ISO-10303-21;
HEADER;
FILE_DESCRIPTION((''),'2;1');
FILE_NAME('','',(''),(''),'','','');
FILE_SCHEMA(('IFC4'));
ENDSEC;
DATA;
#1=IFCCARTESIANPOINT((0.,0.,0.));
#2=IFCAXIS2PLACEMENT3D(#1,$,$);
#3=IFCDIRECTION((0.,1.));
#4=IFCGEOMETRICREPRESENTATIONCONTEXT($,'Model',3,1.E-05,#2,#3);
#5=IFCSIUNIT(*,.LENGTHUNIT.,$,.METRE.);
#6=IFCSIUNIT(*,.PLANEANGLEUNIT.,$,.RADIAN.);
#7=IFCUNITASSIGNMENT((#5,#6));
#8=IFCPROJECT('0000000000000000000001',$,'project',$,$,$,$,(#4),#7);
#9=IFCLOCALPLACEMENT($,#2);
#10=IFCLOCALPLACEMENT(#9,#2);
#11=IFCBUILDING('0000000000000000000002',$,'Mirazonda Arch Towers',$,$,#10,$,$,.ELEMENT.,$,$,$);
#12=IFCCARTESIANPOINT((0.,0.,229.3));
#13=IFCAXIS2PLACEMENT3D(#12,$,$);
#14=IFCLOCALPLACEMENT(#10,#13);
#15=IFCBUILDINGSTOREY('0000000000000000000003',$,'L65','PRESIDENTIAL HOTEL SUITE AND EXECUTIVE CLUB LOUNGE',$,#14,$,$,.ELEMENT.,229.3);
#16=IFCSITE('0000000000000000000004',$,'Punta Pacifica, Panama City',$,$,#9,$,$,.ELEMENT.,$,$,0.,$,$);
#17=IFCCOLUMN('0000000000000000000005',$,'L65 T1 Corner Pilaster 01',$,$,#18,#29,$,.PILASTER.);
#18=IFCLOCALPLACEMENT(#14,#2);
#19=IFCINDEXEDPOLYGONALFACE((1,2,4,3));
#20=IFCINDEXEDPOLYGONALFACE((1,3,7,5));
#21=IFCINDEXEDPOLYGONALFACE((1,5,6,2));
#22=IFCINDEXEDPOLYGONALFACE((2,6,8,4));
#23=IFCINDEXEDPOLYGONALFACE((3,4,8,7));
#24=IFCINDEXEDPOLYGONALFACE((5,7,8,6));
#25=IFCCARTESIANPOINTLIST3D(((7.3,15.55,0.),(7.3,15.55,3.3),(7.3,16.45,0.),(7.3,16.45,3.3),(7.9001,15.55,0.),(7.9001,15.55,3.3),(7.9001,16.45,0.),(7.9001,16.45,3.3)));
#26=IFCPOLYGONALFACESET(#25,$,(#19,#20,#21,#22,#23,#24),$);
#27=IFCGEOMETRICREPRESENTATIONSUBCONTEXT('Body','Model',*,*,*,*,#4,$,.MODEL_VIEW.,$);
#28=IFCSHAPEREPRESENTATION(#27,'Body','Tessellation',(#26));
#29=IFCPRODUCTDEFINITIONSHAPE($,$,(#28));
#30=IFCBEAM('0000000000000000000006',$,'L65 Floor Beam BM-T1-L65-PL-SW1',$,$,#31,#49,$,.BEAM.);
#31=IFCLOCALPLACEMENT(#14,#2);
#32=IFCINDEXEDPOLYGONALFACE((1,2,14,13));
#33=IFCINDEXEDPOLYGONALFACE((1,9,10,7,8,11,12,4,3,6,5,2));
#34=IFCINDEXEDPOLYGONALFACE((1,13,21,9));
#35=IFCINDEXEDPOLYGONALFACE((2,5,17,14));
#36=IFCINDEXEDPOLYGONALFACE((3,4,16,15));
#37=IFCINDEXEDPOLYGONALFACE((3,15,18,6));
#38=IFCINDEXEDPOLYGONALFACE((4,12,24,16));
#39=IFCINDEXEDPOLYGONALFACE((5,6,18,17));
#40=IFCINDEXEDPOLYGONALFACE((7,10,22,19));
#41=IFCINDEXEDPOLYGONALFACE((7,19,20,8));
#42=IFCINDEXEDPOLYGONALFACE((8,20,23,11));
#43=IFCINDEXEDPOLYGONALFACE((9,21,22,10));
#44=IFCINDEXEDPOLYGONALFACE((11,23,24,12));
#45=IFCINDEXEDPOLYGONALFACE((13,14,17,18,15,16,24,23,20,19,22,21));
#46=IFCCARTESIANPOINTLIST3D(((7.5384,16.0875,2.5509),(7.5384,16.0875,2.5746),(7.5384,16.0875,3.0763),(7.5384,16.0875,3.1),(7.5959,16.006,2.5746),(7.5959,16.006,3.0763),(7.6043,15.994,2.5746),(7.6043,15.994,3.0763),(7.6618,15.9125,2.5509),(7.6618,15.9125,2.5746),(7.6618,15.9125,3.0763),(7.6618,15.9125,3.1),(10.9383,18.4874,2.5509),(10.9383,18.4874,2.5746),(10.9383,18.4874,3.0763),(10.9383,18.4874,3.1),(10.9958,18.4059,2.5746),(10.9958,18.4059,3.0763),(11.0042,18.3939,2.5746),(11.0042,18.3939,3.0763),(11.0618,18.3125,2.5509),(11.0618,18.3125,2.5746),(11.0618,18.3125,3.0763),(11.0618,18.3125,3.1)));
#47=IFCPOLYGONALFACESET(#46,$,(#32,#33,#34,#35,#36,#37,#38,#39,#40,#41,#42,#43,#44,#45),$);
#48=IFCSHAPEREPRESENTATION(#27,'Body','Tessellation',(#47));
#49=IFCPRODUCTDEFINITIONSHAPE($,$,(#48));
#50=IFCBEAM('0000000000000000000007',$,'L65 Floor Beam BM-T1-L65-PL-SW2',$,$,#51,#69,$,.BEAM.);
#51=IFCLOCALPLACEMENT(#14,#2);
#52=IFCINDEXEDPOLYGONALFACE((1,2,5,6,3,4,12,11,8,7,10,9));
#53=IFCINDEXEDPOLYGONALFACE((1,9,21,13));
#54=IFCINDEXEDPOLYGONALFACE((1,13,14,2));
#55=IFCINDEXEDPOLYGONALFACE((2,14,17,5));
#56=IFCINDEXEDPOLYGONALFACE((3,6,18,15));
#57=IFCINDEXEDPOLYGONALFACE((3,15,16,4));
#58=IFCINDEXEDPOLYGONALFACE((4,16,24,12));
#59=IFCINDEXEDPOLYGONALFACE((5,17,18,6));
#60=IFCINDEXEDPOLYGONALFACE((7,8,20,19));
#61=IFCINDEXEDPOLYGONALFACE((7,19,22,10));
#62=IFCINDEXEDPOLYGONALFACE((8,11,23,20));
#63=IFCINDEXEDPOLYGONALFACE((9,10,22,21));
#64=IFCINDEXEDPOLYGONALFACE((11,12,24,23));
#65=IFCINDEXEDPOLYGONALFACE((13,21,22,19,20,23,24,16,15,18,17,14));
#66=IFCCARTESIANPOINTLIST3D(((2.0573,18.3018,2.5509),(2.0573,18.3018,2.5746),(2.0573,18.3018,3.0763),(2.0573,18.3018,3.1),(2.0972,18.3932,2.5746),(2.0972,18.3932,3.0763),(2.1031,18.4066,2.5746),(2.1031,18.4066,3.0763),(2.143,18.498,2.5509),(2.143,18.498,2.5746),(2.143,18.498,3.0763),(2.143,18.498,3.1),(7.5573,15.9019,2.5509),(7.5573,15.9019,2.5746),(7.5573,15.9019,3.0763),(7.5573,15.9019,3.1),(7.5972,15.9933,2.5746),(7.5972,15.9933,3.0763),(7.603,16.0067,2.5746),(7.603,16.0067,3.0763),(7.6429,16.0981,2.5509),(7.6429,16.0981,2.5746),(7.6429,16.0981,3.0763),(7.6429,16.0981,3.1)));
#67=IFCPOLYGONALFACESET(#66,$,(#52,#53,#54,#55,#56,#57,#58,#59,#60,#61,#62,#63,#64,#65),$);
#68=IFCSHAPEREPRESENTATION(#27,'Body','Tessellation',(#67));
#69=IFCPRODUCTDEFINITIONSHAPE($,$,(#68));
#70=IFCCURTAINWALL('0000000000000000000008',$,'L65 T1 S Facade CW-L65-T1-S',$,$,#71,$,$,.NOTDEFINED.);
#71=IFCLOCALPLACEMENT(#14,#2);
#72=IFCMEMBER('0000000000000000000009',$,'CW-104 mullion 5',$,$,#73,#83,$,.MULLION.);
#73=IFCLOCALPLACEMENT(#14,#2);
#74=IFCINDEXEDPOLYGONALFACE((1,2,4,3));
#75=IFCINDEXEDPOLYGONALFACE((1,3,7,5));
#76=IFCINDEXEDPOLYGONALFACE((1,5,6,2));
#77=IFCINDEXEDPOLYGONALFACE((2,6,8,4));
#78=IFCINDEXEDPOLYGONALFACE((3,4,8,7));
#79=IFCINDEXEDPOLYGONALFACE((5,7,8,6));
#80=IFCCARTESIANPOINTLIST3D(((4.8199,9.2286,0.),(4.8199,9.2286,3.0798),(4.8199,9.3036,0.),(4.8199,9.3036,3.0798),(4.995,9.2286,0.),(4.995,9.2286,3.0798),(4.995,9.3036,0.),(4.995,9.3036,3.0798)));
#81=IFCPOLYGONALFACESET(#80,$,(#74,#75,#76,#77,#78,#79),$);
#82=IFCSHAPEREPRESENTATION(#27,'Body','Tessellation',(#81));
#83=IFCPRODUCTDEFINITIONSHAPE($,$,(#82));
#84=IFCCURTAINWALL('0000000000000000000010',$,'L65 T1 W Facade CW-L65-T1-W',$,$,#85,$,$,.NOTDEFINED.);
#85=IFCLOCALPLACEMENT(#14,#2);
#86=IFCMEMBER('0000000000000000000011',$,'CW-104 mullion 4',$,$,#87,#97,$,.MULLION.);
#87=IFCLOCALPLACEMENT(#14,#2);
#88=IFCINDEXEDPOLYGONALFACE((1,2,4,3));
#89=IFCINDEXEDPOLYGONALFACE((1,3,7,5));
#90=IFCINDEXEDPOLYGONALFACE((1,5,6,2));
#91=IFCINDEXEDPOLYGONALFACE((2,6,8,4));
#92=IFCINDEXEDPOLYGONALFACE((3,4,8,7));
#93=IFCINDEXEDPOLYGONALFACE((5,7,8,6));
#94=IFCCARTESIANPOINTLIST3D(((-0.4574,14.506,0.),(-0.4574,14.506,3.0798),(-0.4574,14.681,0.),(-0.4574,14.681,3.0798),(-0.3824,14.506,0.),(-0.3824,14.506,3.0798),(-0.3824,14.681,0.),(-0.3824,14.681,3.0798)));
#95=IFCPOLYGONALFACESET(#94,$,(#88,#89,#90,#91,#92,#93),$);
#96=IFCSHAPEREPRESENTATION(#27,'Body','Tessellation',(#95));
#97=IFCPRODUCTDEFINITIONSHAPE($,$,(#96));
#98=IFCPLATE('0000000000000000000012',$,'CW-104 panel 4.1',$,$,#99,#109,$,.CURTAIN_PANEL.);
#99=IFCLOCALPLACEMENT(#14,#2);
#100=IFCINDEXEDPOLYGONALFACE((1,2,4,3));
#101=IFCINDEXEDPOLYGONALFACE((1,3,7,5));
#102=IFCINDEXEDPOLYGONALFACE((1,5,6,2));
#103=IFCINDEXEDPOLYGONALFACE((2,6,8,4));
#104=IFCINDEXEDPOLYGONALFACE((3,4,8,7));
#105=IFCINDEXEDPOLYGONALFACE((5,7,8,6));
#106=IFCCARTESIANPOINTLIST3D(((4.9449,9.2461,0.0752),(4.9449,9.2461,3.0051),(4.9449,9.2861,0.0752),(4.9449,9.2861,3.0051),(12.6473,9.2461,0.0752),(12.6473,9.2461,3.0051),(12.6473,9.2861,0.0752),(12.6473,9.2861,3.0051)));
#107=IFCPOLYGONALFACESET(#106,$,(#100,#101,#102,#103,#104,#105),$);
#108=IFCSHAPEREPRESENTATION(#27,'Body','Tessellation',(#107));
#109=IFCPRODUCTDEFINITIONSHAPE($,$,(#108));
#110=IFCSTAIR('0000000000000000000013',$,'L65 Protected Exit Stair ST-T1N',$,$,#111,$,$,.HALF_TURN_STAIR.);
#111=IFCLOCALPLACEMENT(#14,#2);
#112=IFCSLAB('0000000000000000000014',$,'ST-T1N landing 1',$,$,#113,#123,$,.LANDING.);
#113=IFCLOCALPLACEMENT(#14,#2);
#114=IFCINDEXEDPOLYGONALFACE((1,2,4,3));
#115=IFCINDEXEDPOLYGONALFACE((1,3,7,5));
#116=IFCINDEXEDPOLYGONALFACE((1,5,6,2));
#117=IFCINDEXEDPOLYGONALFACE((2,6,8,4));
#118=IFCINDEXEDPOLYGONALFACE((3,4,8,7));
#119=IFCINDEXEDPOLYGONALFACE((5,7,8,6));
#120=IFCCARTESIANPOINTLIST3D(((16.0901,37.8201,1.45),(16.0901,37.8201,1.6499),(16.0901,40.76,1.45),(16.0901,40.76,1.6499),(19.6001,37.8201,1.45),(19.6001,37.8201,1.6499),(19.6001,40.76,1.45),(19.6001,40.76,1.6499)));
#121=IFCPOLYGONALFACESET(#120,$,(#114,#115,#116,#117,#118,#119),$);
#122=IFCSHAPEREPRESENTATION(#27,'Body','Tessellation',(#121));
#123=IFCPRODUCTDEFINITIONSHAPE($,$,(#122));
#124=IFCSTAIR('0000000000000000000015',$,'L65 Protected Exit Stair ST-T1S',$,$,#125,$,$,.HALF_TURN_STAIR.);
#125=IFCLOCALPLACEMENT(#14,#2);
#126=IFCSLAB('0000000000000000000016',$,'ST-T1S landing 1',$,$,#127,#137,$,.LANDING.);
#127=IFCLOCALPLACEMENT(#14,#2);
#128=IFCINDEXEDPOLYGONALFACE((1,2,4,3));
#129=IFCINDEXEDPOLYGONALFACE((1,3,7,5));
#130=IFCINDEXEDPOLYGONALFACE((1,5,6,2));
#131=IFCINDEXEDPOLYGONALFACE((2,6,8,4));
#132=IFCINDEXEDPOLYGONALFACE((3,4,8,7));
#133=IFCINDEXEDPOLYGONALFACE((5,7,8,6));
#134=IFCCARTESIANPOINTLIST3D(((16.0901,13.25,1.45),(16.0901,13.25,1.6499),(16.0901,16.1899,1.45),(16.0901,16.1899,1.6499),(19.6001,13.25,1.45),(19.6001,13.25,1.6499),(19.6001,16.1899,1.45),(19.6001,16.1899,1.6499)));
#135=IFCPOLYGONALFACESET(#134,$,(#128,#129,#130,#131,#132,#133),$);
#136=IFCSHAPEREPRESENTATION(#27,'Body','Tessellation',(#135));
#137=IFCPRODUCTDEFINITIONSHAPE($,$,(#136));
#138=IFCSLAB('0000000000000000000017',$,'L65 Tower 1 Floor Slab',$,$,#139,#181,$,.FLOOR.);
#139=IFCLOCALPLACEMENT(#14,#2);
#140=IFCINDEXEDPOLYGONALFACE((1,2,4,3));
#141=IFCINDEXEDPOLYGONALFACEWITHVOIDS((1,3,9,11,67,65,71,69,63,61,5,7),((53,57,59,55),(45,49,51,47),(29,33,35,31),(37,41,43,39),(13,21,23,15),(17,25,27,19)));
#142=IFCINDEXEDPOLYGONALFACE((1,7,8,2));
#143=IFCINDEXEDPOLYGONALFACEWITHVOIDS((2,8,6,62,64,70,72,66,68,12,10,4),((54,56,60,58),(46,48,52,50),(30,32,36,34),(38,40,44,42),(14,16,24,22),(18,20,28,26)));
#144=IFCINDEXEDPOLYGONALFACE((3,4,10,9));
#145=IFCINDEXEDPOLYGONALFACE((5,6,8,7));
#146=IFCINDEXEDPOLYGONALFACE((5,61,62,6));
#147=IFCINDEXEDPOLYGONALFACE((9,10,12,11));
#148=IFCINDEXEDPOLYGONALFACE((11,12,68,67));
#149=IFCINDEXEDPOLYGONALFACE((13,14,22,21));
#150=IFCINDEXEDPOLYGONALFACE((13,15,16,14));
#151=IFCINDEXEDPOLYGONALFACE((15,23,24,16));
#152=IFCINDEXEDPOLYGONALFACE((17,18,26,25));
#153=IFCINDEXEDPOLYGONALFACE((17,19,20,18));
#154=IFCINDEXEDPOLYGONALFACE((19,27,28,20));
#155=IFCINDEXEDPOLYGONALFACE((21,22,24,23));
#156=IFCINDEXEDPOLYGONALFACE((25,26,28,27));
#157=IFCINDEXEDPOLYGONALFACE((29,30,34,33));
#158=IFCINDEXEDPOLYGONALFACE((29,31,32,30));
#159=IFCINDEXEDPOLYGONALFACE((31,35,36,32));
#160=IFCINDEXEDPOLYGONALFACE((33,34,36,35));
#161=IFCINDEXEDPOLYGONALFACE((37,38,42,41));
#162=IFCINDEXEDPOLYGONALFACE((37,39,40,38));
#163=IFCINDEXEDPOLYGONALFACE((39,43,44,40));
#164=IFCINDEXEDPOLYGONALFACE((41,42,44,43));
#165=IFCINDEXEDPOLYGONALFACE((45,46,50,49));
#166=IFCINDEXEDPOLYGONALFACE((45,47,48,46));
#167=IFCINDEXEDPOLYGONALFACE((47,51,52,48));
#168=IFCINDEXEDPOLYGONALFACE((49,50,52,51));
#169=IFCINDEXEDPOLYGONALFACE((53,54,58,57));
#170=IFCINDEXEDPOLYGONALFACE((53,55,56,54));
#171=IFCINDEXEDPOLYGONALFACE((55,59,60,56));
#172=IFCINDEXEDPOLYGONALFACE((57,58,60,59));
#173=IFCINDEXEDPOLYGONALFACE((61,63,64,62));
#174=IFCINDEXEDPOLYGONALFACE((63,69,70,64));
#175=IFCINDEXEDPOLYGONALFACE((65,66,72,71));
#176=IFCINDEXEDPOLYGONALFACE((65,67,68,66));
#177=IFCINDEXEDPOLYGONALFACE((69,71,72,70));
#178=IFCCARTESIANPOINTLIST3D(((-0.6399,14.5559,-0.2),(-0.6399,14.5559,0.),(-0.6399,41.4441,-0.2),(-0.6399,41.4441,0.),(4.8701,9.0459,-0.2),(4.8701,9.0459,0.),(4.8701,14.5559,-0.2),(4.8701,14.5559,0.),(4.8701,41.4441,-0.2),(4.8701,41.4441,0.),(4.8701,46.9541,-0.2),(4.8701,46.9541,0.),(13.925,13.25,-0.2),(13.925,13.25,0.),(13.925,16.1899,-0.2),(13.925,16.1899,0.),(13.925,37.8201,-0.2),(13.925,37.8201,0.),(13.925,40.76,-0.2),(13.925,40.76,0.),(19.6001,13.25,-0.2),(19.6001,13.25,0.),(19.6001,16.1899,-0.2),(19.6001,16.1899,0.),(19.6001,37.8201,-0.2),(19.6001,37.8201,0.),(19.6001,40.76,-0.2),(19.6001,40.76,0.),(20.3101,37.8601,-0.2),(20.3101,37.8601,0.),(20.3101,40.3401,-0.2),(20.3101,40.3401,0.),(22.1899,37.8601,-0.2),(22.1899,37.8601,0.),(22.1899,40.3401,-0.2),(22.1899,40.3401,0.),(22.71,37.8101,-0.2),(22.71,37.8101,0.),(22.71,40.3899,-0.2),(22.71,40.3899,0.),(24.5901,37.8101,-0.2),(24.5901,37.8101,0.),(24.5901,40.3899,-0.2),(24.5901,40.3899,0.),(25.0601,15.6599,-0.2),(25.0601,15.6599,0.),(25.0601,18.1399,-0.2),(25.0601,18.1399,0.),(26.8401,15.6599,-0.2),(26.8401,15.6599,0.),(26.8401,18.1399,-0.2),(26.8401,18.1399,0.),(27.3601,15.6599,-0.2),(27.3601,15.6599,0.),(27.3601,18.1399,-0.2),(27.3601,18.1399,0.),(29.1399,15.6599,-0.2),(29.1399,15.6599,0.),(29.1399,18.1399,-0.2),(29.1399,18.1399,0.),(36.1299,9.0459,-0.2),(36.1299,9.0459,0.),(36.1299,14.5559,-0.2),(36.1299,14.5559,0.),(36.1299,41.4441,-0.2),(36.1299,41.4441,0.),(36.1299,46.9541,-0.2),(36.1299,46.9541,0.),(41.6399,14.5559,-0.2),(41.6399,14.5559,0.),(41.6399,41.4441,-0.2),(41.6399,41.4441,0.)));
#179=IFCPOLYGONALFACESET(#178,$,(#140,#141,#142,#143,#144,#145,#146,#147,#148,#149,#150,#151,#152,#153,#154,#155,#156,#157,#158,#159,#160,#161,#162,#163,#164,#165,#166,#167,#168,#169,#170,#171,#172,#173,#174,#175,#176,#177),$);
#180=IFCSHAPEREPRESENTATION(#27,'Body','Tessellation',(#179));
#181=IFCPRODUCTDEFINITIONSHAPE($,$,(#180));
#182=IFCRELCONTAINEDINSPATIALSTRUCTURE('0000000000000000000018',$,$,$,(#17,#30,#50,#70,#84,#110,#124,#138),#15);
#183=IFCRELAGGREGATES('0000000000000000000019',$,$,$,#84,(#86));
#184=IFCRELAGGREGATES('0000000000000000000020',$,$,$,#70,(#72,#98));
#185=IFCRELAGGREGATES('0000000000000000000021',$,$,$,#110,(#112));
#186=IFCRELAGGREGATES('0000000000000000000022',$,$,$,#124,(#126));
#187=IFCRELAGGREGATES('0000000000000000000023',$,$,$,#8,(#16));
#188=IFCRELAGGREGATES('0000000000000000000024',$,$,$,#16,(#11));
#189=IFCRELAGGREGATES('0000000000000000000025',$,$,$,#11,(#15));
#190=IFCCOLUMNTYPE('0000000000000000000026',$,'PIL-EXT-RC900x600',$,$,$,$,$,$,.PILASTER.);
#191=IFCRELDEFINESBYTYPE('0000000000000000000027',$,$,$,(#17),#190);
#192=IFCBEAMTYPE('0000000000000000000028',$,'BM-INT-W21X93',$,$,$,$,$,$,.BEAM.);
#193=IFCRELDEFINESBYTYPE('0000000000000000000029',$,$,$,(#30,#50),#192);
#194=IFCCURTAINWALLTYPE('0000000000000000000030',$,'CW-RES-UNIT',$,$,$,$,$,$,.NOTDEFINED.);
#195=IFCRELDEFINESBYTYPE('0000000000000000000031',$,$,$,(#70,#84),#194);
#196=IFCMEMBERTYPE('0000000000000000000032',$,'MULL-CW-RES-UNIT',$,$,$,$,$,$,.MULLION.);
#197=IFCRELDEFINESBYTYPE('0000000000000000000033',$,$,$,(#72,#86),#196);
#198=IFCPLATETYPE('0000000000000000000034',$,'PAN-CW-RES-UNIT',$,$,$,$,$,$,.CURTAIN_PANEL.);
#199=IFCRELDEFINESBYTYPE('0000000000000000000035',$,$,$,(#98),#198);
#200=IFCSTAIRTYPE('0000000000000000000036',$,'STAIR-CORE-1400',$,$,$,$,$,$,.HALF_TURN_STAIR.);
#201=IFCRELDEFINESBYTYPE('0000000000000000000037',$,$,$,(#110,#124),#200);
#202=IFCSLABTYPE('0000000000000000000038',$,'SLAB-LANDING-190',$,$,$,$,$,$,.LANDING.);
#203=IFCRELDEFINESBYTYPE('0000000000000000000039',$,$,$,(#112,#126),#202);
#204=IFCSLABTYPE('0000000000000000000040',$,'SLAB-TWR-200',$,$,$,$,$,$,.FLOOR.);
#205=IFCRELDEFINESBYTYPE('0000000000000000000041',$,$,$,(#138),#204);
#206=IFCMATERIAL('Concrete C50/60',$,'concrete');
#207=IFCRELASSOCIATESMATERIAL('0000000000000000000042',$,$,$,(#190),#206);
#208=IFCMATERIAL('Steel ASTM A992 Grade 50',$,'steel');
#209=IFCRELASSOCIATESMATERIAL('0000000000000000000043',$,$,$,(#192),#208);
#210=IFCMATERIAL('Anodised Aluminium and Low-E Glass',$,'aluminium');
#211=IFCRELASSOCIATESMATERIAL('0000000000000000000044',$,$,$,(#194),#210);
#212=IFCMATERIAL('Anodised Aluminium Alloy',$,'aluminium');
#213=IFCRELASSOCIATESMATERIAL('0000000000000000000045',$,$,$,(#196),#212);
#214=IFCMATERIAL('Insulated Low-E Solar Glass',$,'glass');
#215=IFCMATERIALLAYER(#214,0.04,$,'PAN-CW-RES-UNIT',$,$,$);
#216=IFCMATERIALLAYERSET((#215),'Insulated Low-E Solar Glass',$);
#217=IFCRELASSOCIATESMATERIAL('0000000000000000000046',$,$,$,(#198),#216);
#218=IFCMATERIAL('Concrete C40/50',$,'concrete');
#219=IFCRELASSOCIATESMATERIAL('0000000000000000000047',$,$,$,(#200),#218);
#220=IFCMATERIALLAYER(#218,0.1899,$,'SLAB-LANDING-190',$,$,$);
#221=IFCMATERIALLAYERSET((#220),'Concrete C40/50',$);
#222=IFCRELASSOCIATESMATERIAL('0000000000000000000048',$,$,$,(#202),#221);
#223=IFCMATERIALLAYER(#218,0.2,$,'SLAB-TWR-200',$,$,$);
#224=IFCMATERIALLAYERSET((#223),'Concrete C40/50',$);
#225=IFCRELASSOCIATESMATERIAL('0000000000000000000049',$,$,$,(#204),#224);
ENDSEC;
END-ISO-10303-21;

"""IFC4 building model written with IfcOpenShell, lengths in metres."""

from ifc_helpers import new_model, si_unit, direction, frame, origin, origin_2d, place, context, subcontext, project, spatial, polyline, rectangle, i_section, outline, extrude, material, layer, layer_set, material_profile, profile_set, type_object, element, aggregate, save


model = new_model("IFC4")

# Units and contexts
model_context = context("Model", 3, precision=1e-05, world=origin(), true_north=direction((0.0, 1.0)))
body_context = subcontext(model_context, "Body", "Model", "MODEL_VIEW")
ifc_project = project(units=[si_unit("LENGTHUNIT", "METRE"), si_unit("PLANEANGLEUNIT", "RADIAN")], contexts=[model_context])

# Site, building, storey
site_placement = place(None, origin())
site = spatial("IfcSite", under=ifc_project, at=site_placement, Name="Punta Pacifica, Panama City", CompositionType="ELEMENT", RefElevation=0.0)
building_placement = place(site_placement, origin())
building = spatial("IfcBuilding", under=site, at=building_placement, Name="Mirazonda Arch Towers", CompositionType="ELEMENT")
storey_placement = place(building_placement, frame((0.0, 0.0, 229.3)))
storey = spatial("IfcBuildingStorey", under=building, at=storey_placement, Name="L65", Description="PRESIDENTIAL HOTEL SUITE AND EXECUTIVE CLUB LOUNGE", CompositionType="ELEMENT", Elevation=229.3)

# Column
ifc_material_1 = material(Name="Concrete C50/60", Category="concrete")
ifc_material_profile_1 = material_profile(ifc_material_1, rectangle(XDim=0.6001, YDim=0.8999, at=origin_2d()), Name="RC900x600")
ifc_profile_set_1 = profile_set([ifc_material_profile_1], Name="Concrete C50/60")
column_type = type_object("IfcColumnType", Name="PIL-EXT-RC900x600", PredefinedType="PILASTER", material=ifc_profile_set_1)
column_placement = place(storey_placement, frame((7.6001, 16.0, 0.0), z_axis=(0.0, 0.0, 1.0), x_axis=(1.0, 0.0, 0.0)))
element("IfcColumn", 1, at=column_placement, inside=storey, type_object=column_type, Name="L65 T1 Corner Pilaster 01", PredefinedType="PILASTER", context=body_context, shape_type="SweptSolid", body=[
    extrude(rectangle(XDim=0.6001, YDim=0.8999, at=origin_2d()), origin(), (0.0, 0.0, 1.0), 3.3),
])

# Beams
ifc_material_2 = material(Name="Steel ASTM A992 Grade 50", Category="steel")
ifc_material_profile_2 = material_profile(ifc_material_2, i_section(OverallWidth=0.2141, OverallDepth=0.5491, WebThickness=0.0146, FlangeThickness=0.0237, at=origin_2d()), Name="W21X93")
ifc_profile_set_2 = profile_set([ifc_material_profile_2], Name="Steel ASTM A992 Grade 50")
beam_type = type_object("IfcBeamType", Name="BM-INT-W21X93", PredefinedType="BEAM", material=ifc_profile_set_2)
beam_1_placement = place(storey_placement, frame((7.6001, 16.0, 2.8254), z_axis=(0.816971, 0.576679, 0.0), x_axis=(-0.576679, 0.816971, 0.0)))
element("IfcBeam", 2, at=beam_1_placement, inside=storey, type_object=beam_type, Name="L65 Floor Beam BM-T1-L65-PL-SW1", PredefinedType="BEAM", context=body_context, shape_type="SweptSolid", body=[
    extrude(i_section(OverallWidth=0.2141, OverallDepth=0.5491, WebThickness=0.0146, FlangeThickness=0.0237, at=origin_2d()), origin(), (0.0, 0.0, 1.0), 4.1616),
])
beam_2_placement = place(storey_placement, frame((7.6001, 16.0, 2.8254), z_axis=(-0.916545, 0.399931, 0.0), x_axis=(-0.399931, -0.916545, 0.0)))
element("IfcBeam", 3, at=beam_2_placement, inside=storey, type_object=beam_type, Name="L65 Floor Beam BM-T1-L65-PL-SW2", PredefinedType="BEAM", context=body_context, shape_type="SweptSolid", body=[
    extrude(i_section(OverallWidth=0.2141, OverallDepth=0.5491, WebThickness=0.0146, FlangeThickness=0.0237, at=origin_2d()), origin(), (0.0, 0.0, 1.0), 6.0007),
])

# Curtain walls, members
ifc_material_3 = material(Name="Anodised Aluminium and Low-E Glass", Category="aluminium")
curtain_wall_type = type_object("IfcCurtainWallType", Name="CW-RES-UNIT", PredefinedType="NOTDEFINED", material=ifc_material_3)
curtain_wall_1_placement = place(storey_placement, origin())
curtain_wall_1 = element("IfcCurtainWall", 4, at=curtain_wall_1_placement, inside=storey, type_object=curtain_wall_type, Name="L65 T1 S Facade CW-L65-T1-S", PredefinedType="NOTDEFINED")
ifc_material_4 = material(Name="Anodised Aluminium Alloy", Category="aluminium")
ifc_material_profile_3 = material_profile(ifc_material_4, rectangle(XDim=0.075, YDim=0.175, at=origin_2d()), Name="ALU-MULL-75x175")
ifc_profile_set_3 = profile_set([ifc_material_profile_3], Name="Anodised Aluminium Alloy")
member_type = type_object("IfcMemberType", Name="MULL-CW-RES-UNIT", PredefinedType="MULLION", material=ifc_profile_set_3)
member_1_placement = place(storey_placement, frame((4.9075, 9.2661, 0.0), z_axis=(0.0, 0.0, 1.0), x_axis=(0.0, -1.0, 0.0)))
member_1 = element("IfcMember", 5, at=member_1_placement, type_object=member_type, Name="CW-104 mullion 5", PredefinedType="MULLION", context=body_context, shape_type="SweptSolid", body=[
    extrude(rectangle(XDim=0.075, YDim=0.175, at=origin_2d()), origin(), (0.0, 0.0, 1.0), 3.0798),
])
curtain_wall_2_placement = place(storey_placement, origin())
curtain_wall_2 = element("IfcCurtainWall", 6, at=curtain_wall_2_placement, inside=storey, type_object=curtain_wall_type, Name="L65 T1 W Facade CW-L65-T1-W", PredefinedType="NOTDEFINED")
member_2_placement = place(storey_placement, frame((-0.4199, 14.5935, 0.0), z_axis=(0.0, 0.0, 1.0), x_axis=(1.0, 0.0, 0.0)))
member_2 = element("IfcMember", 7, at=member_2_placement, type_object=member_type, Name="CW-104 mullion 4", PredefinedType="MULLION", context=body_context, shape_type="SweptSolid", body=[
    extrude(rectangle(XDim=0.075, YDim=0.175, at=origin_2d()), origin(), (0.0, 0.0, 1.0), 3.0798),
])
aggregate(curtain_wall_2, [member_2])

# Plate
ifc_material_5 = material(Name="Insulated Low-E Solar Glass", Category="glass")
ifc_layer_1 = layer(ifc_material_5, 0.04, Name="PAN-CW-RES-UNIT")
ifc_layer_set_1 = layer_set([ifc_layer_1], Name="Insulated Low-E Solar Glass")
plate_type = type_object("IfcPlateType", Name="PAN-CW-RES-UNIT", PredefinedType="CURTAIN_PANEL", material=ifc_layer_set_1)
plate_placement = place(storey_placement, frame((8.7961, 9.2661, 0.0752), z_axis=(0.0, 0.0, 1.0), x_axis=(-1.0, 0.0, 0.0)))
plate = element("IfcPlate", 8, at=plate_placement, type_object=plate_type, Name="CW-104 panel 4.1", PredefinedType="CURTAIN_PANEL", context=body_context, shape_type="SweptSolid", body=[
    extrude(rectangle(XDim=7.7024, YDim=0.04, at=origin_2d()), origin(), (0.0, 0.0, 1.0), 2.9299),
])
aggregate(curtain_wall_1, [member_1, plate])

# Stairs, slabs
ifc_material_6 = material(Name="Concrete C40/50", Category="concrete")
stair_type = type_object("IfcStairType", Name="STAIR-CORE-1400", PredefinedType="HALF_TURN_STAIR", material=ifc_material_6)
stair_1_placement = place(storey_placement, origin())
stair_1 = element("IfcStair", 9, at=stair_1_placement, inside=storey, type_object=stair_type, Name="L65 Protected Exit Stair ST-T1N", PredefinedType="HALF_TURN_STAIR")
ifc_layer_2 = layer(ifc_material_6, 0.1899, Name="SLAB-LANDING-190")
ifc_layer_set_2 = layer_set([ifc_layer_2], Name="Concrete C40/50")
slab_type_1 = type_object("IfcSlabType", Name="SLAB-LANDING-190", PredefinedType="LANDING", material=ifc_layer_set_2)
slab_1_placement = place(storey_placement, frame((0.0, 0.0, 1.45)))
slab_1 = element("IfcSlab", 10, at=slab_1_placement, type_object=slab_type_1, Name="ST-T1N landing 1", PredefinedType="LANDING", context=body_context, shape_type="SweptSolid", body=[
    extrude(outline(polyline([(16.0901, 37.8201), (19.6001, 37.8201), (19.6001, 40.76), (16.0901, 40.76), (16.0901, 37.8201)])), origin(), (0.0, 0.0, 1.0), 0.2),
])
aggregate(stair_1, [slab_1])
stair_2_placement = place(storey_placement, origin())
stair_2 = element("IfcStair", 11, at=stair_2_placement, inside=storey, type_object=stair_type, Name="L65 Protected Exit Stair ST-T1S", PredefinedType="HALF_TURN_STAIR")
slab_2_placement = place(storey_placement, frame((0.0, 0.0, 1.45)))
slab_2 = element("IfcSlab", 12, at=slab_2_placement, type_object=slab_type_1, Name="ST-T1S landing 1", PredefinedType="LANDING", context=body_context, shape_type="SweptSolid", body=[
    extrude(outline(polyline([(16.0901, 13.25), (19.6001, 13.25), (19.6001, 16.1899), (16.0901, 16.1899), (16.0901, 13.25)])), origin(), (0.0, 0.0, 1.0), 0.2),
])
aggregate(stair_2, [slab_2])

# Slab
ifc_layer_3 = layer(ifc_material_6, 0.2, Name="SLAB-TWR-200")
ifc_layer_set_3 = layer_set([ifc_layer_3], Name="Concrete C40/50")
slab_type_2 = type_object("IfcSlabType", Name="SLAB-TWR-200", PredefinedType="FLOOR", material=ifc_layer_set_3)
slab_3_placement = place(storey_placement, frame((0.0, 0.0, -0.2)))
element("IfcSlab", 13, at=slab_3_placement, inside=storey, type_object=slab_type_2, Name="L65 Tower 1 Floor Slab", PredefinedType="FLOOR", context=body_context, shape_type="SweptSolid", body=[
    extrude(outline(polyline([(4.8701, 9.0459), (36.1299, 9.0459), (36.1299, 14.5559), (41.6399, 14.5559), (41.6399, 41.4441), (36.1299, 41.4441), (36.1299, 46.9541), (4.8701, 46.9541), (4.8701, 41.4441), (-0.6399, 41.4441), (-0.6399, 14.5559), (4.8701, 14.5559), (4.8701, 9.0459)]), holes=[polyline([(27.3601, 18.1399), (29.1399, 18.1399), (29.1399, 15.6599), (27.3601, 15.6599), (27.3601, 18.1399)]), polyline([(25.0601, 18.1399), (26.8401, 18.1399), (26.8401, 15.6599), (25.0601, 15.6599), (25.0601, 18.1399)]), polyline([(22.71, 40.3899), (24.5901, 40.3899), (24.5901, 37.8101), (22.71, 37.8101), (22.71, 40.3899)]), polyline([(20.3101, 37.8601), (20.3101, 40.3401), (22.1899, 40.3401), (22.1899, 37.8601), (20.3101, 37.8601)]), polyline([(19.6001, 13.25), (13.925, 13.25), (13.925, 16.1899), (19.6001, 16.1899), (19.6001, 13.25)]), polyline([(13.925, 37.8201), (13.925, 40.76), (19.6001, 40.76), (19.6001, 37.8201), (13.925, 37.8201)])]), origin(), (0.0, 0.0, 1.0), 0.2),
])

save(model, "model.ifc")
